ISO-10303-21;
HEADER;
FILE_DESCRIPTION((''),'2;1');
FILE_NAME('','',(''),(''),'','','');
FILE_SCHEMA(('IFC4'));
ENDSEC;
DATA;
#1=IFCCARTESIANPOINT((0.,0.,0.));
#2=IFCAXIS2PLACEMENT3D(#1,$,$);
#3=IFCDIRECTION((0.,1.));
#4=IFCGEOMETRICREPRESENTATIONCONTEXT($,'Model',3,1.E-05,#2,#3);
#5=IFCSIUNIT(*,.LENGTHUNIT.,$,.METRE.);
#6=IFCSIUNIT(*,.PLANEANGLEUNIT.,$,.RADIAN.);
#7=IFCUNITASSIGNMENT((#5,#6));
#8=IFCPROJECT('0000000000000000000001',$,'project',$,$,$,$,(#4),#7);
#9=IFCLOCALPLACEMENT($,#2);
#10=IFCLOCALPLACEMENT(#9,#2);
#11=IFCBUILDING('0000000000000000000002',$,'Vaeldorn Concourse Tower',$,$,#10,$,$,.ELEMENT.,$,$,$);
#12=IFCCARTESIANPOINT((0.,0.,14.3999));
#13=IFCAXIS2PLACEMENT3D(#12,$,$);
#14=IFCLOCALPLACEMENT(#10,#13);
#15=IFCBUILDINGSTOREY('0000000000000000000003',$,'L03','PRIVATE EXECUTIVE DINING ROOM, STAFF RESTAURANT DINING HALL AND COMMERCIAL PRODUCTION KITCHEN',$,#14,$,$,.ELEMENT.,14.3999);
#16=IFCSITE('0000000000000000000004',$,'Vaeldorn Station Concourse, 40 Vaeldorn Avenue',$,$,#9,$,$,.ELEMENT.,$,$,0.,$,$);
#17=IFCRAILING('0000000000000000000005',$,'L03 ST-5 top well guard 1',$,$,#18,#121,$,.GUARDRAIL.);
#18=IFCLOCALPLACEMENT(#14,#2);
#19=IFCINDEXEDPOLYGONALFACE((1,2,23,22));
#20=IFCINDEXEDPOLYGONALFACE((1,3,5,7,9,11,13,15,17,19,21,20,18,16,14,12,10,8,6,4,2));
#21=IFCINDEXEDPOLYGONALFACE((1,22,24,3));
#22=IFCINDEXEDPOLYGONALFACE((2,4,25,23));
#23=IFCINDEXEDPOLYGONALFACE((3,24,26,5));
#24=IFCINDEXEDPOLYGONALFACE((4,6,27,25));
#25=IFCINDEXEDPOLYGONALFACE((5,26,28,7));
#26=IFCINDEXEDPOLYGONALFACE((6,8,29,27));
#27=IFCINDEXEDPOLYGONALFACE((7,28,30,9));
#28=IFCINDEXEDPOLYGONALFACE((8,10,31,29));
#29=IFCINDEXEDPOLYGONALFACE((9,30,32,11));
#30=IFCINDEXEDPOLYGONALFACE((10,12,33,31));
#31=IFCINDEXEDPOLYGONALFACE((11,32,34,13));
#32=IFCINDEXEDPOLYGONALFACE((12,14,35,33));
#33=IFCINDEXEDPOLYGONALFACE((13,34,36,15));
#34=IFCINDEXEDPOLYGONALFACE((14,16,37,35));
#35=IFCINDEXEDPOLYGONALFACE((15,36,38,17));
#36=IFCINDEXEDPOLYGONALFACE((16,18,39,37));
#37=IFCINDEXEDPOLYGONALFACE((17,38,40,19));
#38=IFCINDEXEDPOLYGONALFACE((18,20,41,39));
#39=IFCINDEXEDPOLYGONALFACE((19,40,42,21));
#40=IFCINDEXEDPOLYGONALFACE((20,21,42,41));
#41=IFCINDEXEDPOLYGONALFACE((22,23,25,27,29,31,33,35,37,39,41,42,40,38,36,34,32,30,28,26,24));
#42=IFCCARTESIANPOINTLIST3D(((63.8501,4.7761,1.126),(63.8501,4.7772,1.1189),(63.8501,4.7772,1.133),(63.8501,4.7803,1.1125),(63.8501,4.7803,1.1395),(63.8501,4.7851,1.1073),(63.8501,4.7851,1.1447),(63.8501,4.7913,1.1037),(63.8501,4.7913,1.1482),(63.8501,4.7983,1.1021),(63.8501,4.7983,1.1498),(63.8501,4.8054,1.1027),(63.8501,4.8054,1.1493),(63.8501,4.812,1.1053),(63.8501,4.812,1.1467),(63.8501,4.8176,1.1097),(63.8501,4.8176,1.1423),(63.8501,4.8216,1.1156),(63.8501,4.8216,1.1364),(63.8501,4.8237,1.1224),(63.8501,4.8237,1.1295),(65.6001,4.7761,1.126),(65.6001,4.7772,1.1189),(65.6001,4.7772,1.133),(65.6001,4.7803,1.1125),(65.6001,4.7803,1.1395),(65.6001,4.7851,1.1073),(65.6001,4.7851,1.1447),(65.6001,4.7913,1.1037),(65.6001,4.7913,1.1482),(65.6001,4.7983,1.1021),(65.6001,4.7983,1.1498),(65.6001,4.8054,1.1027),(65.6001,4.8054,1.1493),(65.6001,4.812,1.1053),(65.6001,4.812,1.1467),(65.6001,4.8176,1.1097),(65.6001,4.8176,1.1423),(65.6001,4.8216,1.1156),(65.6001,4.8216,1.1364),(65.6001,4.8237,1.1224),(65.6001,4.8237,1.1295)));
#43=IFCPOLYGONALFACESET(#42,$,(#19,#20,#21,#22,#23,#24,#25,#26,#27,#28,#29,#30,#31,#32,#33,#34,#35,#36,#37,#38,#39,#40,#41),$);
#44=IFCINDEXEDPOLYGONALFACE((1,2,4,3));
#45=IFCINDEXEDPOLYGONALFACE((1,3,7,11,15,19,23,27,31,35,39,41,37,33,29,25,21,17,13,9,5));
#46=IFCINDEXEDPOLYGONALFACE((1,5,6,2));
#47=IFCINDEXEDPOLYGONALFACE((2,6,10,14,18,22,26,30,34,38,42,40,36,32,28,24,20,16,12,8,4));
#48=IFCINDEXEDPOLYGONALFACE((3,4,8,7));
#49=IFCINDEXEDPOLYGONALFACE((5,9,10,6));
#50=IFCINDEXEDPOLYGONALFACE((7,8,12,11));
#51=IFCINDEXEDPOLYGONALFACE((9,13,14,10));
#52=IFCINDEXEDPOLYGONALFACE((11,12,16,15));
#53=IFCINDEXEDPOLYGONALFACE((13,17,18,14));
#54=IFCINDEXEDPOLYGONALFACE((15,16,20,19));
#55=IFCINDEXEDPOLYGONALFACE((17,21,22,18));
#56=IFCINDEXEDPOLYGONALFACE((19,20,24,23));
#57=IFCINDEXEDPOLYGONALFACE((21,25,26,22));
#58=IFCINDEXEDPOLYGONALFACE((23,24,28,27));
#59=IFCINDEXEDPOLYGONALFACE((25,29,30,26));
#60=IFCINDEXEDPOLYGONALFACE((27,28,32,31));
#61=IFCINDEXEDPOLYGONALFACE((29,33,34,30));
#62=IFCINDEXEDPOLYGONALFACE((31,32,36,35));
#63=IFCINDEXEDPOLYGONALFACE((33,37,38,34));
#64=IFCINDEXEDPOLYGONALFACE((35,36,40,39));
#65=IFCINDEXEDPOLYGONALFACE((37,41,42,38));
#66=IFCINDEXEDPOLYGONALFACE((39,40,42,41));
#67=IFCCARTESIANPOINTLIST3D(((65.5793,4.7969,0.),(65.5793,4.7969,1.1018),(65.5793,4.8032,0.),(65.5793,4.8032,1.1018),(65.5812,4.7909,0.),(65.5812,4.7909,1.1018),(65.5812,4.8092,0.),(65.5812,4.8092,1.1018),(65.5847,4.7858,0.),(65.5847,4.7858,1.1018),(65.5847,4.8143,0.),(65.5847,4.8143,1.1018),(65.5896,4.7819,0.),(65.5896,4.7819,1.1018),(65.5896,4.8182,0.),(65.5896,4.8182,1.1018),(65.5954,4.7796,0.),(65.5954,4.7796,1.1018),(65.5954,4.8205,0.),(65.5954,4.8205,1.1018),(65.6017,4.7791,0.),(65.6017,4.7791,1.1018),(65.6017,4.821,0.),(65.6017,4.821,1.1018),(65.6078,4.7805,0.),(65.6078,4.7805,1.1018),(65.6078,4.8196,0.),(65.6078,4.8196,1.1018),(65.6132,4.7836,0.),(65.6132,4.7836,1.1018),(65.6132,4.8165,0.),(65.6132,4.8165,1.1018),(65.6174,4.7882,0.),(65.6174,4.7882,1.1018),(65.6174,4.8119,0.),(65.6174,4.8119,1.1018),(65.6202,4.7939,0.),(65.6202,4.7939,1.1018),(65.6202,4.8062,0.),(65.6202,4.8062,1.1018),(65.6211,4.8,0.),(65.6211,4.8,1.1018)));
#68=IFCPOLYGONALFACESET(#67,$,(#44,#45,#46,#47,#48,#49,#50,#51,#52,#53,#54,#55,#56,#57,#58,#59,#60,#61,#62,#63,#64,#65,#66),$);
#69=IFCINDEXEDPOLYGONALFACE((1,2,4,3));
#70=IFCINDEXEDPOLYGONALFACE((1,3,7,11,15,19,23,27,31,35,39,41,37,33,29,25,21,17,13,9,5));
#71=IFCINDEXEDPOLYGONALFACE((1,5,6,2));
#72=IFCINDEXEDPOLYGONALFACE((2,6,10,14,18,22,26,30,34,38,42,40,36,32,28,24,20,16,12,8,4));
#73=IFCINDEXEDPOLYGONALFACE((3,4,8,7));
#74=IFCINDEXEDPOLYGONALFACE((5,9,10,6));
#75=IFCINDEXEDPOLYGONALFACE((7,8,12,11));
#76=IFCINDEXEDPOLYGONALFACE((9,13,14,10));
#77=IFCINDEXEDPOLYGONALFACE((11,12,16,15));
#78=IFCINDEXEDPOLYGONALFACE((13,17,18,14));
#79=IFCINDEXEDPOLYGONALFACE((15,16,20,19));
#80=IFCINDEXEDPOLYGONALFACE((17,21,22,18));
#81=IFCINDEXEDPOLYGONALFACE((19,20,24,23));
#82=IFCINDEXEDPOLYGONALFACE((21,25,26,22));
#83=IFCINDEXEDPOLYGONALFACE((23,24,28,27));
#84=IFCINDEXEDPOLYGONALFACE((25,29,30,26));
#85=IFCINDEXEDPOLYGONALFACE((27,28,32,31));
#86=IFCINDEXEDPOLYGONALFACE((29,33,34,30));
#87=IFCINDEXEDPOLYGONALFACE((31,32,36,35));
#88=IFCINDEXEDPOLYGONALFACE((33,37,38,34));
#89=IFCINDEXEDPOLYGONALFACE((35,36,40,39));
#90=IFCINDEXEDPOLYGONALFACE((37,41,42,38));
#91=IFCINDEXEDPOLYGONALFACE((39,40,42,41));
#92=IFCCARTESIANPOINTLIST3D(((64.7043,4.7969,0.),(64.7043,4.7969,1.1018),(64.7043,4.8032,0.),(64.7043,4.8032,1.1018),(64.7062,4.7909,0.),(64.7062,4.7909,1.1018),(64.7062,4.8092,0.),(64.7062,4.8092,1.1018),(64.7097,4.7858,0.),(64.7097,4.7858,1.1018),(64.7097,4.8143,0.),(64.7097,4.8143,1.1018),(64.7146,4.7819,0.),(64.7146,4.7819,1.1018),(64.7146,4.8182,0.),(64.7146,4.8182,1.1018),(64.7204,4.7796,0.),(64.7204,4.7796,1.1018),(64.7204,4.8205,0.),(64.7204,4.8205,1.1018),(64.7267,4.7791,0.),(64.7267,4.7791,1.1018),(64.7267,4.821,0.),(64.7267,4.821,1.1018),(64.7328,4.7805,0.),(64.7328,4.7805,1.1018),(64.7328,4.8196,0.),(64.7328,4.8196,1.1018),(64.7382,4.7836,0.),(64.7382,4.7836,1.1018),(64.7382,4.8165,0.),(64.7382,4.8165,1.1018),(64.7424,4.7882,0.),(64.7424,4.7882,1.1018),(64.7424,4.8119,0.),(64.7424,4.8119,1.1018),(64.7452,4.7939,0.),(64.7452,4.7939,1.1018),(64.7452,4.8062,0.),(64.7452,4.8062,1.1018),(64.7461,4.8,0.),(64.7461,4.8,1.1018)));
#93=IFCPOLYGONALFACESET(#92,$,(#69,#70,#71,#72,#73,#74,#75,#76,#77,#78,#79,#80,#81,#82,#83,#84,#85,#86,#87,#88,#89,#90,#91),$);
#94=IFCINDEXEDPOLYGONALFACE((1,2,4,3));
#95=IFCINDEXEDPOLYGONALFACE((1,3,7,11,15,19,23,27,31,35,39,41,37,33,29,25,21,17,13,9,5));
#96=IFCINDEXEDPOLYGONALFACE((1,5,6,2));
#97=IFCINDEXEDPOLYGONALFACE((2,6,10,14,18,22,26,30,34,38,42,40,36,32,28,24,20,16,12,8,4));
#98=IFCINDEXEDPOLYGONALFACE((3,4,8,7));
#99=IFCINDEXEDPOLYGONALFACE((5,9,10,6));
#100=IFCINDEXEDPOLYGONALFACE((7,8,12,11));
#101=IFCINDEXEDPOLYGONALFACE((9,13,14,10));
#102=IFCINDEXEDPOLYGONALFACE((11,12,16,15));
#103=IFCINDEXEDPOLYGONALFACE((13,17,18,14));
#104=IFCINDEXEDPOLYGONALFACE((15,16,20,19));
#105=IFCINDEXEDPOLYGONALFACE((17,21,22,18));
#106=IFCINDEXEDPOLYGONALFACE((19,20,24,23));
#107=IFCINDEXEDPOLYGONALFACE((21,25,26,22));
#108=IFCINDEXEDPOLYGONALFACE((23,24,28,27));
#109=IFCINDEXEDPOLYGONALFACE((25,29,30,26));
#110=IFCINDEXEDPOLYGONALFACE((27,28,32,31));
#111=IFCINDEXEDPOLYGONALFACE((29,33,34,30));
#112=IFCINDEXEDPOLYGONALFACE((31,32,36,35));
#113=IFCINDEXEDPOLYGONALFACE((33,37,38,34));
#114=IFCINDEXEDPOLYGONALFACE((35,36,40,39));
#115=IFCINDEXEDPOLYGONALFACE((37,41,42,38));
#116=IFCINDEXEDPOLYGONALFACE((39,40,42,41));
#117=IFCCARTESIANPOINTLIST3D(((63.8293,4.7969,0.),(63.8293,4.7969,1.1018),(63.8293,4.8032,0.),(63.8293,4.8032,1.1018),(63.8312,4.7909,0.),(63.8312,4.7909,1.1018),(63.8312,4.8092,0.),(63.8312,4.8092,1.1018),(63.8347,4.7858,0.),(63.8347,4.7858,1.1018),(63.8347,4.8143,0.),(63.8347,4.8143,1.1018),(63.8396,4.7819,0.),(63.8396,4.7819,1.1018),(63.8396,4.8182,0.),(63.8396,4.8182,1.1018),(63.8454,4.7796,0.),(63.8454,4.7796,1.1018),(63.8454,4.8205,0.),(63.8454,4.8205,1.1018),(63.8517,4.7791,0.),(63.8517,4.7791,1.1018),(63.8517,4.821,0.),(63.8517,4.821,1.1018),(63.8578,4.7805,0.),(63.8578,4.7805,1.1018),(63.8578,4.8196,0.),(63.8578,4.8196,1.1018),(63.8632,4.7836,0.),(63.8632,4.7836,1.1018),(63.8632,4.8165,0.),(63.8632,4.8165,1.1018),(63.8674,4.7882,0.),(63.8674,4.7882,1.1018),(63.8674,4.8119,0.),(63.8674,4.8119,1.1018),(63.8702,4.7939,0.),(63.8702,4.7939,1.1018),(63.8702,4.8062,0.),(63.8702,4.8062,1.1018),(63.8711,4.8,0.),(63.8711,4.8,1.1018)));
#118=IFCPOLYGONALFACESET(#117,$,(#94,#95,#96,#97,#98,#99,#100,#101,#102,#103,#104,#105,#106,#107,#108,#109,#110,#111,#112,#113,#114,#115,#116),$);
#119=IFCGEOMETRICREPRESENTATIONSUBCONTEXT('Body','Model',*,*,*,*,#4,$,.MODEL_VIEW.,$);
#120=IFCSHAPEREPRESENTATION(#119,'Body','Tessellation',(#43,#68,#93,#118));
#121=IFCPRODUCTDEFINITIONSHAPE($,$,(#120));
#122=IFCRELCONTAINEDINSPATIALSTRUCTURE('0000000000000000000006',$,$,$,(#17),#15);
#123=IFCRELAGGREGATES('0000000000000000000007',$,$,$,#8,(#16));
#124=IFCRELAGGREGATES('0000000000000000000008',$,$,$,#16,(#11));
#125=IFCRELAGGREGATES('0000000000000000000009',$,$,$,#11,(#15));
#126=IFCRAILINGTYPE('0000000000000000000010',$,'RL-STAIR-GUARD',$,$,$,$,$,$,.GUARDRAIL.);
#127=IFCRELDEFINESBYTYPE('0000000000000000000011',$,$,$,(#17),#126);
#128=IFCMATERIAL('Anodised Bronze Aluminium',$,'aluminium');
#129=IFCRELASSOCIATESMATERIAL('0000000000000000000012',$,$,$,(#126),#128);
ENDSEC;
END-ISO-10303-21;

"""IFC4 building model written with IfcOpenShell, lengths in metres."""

from ifc_helpers import new_model, si_unit, direction, frame, origin, origin_2d, place, context, subcontext, project, spatial, circle, extrude, material, type_object, element, save


model = new_model("IFC4")

# Units and contexts
model_context = context("Model", 3, precision=1e-05, world=origin(), true_north=direction((0.0, 1.0)))
body_context = subcontext(model_context, "Body", "Model", "MODEL_VIEW")
ifc_project = project(units=[si_unit("LENGTHUNIT", "METRE"), si_unit("PLANEANGLEUNIT", "RADIAN")], contexts=[model_context])

# Site, building, storey
site_placement = place(None, origin())
site = spatial("IfcSite", under=ifc_project, at=site_placement, Name="Vaeldorn Station Concourse, 40 Vaeldorn Avenue", CompositionType="ELEMENT", RefElevation=0.0)
building_placement = place(site_placement, origin())
building = spatial("IfcBuilding", under=site, at=building_placement, Name="Vaeldorn Concourse Tower", CompositionType="ELEMENT")
storey_placement = place(building_placement, frame((0.0, 0.0, 14.3999)))
storey = spatial("IfcBuildingStorey", under=building, at=storey_placement, Name="L03", Description="PRIVATE EXECUTIVE DINING ROOM, STAFF RESTAURANT DINING HALL AND COMMERCIAL PRODUCTION KITCHEN", CompositionType="ELEMENT", Elevation=14.3999)

# Shared definitions
ifc_material_1 = material(Name="Anodised Bronze Aluminium", Category="aluminium")

# Railing
railing_type = type_object("IfcRailingType", Name="RL-STAIR-GUARD", PredefinedType="GUARDRAIL", material=ifc_material_1)
railing_placement = place(storey_placement, frame((65.6001, 4.8, 0.0)))
element("IfcRailing", 1, at=railing_placement, inside=storey, type_object=railing_type, Name="L03 ST-5 top well guard 1", PredefinedType="GUARDRAIL", context=body_context, shape_type="SweptSolid", body=[
    extrude(circle(Radius=0.0239, at=origin_2d()), frame((0.0, 0.0, 1.126), z_axis=(-1.0, 0.0, 0.0), x_axis=(0.0, -1.0, 0.0)), (0.0, 0.0, 1.0), 1.75),
    extrude(circle(Radius=0.021, at=origin_2d()), origin(), (0.0, 0.0, 1.0), 1.1018),
    extrude(circle(Radius=0.021, at=origin_2d()), frame((-0.875, 0.0, 0.0)), (0.0, 0.0, 1.0), 1.1018),
    extrude(circle(Radius=0.021, at=origin_2d()), frame((-1.75, 0.0, 0.0)), (0.0, 0.0, 1.0), 1.1018),
])

save(model, "model.ifc")
